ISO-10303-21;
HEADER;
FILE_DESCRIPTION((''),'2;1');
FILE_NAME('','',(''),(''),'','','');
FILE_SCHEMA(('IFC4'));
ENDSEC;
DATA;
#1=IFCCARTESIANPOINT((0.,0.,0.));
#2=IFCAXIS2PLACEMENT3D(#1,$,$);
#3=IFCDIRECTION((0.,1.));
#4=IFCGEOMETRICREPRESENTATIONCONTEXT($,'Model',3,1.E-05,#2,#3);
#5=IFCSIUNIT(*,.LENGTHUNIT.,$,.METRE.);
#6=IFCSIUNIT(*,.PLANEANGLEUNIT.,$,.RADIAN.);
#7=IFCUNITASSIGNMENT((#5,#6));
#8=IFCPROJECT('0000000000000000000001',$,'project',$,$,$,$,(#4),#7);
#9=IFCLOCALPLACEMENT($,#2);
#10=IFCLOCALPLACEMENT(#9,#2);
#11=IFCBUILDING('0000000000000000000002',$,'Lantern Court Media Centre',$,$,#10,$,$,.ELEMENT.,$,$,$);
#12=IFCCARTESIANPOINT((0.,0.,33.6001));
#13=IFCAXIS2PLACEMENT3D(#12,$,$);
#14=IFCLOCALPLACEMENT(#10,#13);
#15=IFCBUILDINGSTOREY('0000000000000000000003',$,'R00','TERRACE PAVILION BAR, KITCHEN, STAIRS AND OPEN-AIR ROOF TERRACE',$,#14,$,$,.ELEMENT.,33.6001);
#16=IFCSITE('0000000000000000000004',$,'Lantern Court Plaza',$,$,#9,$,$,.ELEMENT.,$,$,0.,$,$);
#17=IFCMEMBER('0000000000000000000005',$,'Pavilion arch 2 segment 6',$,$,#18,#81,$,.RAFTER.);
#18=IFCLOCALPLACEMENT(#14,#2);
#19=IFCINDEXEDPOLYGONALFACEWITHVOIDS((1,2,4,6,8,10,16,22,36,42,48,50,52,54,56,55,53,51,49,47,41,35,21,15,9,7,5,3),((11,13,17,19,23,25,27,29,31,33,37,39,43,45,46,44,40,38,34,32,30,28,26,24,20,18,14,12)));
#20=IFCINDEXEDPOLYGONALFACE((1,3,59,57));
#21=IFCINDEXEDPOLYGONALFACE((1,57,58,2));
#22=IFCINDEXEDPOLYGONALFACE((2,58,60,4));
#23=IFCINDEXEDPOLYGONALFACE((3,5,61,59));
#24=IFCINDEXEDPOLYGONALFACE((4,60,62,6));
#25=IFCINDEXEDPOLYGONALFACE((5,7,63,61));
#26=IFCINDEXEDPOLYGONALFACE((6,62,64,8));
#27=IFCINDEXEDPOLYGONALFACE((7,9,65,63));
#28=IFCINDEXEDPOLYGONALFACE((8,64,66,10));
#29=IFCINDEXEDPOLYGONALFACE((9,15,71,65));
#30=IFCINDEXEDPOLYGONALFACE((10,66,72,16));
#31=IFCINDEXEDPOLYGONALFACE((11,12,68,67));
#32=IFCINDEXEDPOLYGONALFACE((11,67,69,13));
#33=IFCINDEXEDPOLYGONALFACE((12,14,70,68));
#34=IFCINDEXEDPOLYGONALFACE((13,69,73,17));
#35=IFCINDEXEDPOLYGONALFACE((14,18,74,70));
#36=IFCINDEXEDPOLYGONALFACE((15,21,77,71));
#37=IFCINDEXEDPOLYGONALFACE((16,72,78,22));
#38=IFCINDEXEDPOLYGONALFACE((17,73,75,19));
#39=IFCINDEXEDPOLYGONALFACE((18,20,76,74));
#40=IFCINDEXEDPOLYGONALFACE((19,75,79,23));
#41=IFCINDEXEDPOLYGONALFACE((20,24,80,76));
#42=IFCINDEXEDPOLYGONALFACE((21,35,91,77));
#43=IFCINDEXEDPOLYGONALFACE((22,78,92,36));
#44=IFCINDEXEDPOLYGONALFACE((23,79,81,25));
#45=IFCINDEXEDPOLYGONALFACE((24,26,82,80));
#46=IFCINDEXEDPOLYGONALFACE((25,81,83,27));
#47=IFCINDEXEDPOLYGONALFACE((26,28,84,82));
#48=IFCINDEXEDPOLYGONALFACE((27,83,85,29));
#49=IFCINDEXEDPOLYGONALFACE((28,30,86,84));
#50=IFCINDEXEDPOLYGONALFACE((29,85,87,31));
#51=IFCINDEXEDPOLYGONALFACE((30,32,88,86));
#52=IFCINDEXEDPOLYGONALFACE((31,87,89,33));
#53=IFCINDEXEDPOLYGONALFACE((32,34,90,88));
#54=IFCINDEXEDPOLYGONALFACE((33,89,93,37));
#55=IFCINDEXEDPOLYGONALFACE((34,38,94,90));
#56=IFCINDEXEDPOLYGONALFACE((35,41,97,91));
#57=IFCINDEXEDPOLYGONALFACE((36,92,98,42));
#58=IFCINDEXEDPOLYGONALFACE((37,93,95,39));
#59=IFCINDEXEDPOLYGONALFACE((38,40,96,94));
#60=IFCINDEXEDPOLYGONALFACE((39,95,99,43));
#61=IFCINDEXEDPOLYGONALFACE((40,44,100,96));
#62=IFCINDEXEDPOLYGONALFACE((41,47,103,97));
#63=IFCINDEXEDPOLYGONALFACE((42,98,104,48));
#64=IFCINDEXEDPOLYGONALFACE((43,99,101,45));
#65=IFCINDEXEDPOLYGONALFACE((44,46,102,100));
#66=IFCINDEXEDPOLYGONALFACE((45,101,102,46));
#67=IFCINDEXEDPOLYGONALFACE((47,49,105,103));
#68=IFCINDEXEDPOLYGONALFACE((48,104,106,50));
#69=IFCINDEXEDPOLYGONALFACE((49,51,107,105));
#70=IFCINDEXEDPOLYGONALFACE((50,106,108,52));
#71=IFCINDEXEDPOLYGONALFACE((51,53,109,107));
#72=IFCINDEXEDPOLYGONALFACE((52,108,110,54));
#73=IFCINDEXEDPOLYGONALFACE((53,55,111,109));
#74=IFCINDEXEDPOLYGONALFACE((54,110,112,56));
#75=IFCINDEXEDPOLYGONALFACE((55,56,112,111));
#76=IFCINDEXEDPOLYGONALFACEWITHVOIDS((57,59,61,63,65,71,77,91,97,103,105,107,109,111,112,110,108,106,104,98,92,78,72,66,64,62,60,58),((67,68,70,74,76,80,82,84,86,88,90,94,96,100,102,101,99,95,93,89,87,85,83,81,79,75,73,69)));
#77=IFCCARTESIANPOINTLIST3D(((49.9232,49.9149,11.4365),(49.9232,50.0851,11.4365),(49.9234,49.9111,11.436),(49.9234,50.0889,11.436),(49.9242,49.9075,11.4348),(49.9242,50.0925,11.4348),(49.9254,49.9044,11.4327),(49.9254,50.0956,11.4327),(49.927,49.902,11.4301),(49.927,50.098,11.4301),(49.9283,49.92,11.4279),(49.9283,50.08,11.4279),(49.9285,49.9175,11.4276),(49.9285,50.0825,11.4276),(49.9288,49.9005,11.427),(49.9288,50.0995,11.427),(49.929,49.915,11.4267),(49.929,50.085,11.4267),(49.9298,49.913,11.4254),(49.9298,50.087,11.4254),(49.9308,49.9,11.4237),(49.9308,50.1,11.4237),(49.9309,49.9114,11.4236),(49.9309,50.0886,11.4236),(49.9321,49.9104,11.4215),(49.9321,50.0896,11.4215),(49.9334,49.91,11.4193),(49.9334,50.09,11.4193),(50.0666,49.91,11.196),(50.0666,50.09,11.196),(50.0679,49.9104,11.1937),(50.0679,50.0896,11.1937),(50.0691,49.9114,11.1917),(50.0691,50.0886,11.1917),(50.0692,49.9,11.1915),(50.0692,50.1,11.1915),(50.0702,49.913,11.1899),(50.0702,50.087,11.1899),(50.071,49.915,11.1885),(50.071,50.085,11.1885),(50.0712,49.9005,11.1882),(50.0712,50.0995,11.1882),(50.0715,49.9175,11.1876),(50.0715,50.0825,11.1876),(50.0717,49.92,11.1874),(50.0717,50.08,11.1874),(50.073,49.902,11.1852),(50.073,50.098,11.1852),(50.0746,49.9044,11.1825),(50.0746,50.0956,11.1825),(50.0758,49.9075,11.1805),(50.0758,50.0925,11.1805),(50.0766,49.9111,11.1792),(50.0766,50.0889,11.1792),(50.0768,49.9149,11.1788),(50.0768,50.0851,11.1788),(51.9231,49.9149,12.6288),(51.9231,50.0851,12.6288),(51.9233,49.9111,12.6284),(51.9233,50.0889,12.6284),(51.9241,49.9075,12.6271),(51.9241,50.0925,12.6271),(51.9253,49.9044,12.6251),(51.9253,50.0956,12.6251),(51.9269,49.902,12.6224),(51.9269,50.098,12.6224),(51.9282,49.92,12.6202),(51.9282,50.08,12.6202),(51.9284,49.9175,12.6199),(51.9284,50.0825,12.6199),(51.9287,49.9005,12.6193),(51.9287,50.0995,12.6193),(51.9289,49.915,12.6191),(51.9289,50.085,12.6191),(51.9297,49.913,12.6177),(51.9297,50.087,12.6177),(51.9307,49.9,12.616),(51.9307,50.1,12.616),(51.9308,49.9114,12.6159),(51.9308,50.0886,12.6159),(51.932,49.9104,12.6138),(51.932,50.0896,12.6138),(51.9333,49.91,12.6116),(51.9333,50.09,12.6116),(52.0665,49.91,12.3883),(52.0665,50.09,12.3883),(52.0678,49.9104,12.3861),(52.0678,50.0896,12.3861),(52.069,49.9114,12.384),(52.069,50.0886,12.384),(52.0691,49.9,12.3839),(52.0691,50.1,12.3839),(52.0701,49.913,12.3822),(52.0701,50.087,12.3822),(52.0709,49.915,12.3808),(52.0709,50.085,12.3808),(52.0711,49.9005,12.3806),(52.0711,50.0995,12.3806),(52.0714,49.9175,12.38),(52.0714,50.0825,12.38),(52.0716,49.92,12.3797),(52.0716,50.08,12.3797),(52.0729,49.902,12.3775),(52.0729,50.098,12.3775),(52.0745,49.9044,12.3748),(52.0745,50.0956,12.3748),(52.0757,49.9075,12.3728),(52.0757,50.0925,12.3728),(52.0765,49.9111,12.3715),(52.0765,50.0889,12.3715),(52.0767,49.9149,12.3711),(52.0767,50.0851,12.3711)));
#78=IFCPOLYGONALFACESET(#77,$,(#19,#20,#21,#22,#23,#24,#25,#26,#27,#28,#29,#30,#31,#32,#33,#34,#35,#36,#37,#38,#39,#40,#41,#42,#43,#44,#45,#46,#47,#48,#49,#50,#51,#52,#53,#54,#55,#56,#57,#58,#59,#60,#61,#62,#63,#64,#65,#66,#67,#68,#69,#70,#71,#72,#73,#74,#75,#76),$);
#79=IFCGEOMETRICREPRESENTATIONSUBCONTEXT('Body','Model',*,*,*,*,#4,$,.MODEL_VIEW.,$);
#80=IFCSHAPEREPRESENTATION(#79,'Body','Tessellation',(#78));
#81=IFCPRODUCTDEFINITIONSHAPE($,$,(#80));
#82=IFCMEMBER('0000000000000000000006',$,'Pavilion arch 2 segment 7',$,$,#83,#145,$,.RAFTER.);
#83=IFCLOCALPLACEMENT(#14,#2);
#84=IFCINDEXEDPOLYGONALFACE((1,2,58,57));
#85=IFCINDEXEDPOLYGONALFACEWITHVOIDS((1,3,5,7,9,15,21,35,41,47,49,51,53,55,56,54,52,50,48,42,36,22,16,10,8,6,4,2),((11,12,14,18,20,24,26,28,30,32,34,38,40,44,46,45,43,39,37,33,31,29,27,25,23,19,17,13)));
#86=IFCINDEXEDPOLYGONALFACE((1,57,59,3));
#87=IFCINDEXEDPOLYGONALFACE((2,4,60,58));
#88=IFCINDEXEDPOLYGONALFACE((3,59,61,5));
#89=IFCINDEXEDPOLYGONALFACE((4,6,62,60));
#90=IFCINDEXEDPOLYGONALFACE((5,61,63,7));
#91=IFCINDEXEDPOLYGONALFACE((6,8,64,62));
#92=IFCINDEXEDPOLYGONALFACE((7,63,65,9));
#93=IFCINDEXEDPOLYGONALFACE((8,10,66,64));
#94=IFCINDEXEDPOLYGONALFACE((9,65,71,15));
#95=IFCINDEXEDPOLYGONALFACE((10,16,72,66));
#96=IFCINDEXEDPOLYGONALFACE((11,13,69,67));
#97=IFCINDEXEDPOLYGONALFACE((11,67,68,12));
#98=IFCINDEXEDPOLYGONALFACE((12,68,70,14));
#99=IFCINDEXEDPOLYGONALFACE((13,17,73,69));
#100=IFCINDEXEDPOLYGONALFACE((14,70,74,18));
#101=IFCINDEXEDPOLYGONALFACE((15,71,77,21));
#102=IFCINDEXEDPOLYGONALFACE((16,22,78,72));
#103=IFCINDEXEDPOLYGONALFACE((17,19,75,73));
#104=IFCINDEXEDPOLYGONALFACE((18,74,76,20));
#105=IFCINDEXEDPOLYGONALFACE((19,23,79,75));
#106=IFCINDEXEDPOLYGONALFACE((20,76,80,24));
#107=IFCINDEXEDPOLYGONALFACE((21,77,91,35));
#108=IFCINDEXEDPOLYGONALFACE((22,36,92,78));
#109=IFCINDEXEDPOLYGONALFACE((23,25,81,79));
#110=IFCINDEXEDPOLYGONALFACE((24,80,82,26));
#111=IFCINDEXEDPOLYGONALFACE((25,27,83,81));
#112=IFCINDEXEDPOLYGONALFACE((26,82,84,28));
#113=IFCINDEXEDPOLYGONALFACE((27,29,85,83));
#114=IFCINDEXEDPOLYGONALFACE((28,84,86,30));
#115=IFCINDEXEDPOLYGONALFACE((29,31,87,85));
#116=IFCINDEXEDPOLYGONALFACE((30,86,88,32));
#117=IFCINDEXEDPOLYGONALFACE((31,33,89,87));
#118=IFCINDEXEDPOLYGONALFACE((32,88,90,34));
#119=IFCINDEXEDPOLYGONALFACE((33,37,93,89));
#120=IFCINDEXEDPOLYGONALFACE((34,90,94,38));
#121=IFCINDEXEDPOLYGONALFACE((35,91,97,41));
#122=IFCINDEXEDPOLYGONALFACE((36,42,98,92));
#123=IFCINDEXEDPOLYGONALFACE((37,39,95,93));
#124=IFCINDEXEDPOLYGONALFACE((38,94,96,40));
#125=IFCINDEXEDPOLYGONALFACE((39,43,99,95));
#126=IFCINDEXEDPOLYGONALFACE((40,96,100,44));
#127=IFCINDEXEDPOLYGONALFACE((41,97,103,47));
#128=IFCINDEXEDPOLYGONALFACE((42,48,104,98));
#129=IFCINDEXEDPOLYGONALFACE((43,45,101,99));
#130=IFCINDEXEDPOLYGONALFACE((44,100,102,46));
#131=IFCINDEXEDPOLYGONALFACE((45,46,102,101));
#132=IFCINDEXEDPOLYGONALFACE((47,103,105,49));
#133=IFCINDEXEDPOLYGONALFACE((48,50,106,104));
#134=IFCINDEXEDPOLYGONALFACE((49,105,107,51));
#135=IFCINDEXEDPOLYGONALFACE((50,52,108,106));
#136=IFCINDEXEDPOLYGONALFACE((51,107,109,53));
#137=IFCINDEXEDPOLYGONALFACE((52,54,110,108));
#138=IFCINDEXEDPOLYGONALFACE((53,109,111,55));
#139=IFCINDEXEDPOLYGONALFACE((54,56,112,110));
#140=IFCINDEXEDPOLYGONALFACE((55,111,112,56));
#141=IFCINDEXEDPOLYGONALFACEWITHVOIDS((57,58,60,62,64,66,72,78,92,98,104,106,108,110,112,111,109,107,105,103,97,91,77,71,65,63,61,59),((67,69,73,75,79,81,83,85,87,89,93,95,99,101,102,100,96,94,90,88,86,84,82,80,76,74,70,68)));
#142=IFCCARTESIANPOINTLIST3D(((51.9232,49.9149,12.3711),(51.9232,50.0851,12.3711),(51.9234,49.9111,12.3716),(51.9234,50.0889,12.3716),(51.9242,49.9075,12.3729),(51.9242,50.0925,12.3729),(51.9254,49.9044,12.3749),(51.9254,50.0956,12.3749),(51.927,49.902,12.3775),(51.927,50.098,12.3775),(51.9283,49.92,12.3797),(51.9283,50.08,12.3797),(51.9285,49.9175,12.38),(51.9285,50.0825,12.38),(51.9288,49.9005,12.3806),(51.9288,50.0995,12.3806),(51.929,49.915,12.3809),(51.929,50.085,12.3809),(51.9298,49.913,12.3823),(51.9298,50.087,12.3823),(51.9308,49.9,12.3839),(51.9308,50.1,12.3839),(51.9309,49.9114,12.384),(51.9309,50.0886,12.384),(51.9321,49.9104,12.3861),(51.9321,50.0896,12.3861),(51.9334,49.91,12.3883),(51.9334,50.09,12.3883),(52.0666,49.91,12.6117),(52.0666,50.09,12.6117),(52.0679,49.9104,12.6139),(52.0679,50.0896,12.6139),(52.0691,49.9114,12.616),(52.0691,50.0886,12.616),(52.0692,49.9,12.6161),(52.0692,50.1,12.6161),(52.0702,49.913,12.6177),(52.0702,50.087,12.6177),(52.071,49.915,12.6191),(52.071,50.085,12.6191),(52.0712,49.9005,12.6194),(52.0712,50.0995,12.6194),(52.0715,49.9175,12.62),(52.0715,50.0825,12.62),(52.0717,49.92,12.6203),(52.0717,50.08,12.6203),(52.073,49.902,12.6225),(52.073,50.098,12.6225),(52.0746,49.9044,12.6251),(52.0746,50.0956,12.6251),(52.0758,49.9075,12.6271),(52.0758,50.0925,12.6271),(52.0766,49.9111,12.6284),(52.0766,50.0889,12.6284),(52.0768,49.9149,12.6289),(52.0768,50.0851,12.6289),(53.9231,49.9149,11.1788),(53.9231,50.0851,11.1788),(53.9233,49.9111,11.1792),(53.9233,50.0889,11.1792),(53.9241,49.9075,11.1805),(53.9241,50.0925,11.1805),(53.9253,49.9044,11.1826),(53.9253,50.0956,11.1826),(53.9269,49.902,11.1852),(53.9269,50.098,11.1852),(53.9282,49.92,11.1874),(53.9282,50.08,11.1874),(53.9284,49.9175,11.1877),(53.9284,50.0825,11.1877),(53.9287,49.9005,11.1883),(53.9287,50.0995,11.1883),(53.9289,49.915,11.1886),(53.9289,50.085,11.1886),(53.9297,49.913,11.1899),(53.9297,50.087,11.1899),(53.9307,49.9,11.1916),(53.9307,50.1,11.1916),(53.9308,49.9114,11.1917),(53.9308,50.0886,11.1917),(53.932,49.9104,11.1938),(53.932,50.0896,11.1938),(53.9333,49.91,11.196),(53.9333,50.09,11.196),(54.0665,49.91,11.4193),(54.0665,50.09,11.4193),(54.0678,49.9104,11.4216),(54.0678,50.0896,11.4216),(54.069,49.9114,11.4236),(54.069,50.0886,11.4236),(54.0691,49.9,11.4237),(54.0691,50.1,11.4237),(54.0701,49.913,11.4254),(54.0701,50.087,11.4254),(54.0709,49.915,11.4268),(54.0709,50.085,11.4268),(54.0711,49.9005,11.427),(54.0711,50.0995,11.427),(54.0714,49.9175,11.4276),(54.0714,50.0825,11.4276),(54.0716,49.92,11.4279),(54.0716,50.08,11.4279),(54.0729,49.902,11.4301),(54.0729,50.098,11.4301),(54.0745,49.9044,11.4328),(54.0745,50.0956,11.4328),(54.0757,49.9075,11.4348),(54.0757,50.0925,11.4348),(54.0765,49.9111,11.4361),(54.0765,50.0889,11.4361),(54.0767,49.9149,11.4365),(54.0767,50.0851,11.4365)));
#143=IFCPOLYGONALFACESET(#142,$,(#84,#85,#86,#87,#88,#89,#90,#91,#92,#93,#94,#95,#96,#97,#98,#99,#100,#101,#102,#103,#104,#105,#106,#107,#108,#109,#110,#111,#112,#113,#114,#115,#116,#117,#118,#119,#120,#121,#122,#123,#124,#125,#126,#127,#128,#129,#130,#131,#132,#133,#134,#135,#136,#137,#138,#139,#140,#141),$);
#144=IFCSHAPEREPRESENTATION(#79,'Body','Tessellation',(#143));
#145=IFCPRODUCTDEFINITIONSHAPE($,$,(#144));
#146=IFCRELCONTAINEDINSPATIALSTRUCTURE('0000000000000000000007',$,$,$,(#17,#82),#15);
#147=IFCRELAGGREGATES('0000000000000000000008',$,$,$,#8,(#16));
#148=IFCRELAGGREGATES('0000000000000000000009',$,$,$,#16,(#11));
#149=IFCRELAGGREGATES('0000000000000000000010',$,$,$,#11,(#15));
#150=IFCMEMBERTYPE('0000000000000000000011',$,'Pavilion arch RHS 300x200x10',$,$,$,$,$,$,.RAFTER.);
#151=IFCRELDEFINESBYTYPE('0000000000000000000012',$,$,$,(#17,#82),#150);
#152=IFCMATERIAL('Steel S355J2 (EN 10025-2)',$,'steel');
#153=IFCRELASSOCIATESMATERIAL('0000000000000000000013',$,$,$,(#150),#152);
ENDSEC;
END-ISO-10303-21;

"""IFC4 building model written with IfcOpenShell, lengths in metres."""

from ifc_helpers import new_model, si_unit, direction, frame, origin, origin_2d, place, context, subcontext, project, spatial, hollow_rectangle, extrude, material, material_profile, profile_set, type_object, element, save


model = new_model("IFC4")

# Units and contexts
model_context = context("Model", 3, precision=1e-05, world=origin(), true_north=direction((0.0, 1.0)))
body_context = subcontext(model_context, "Body", "Model", "MODEL_VIEW")
ifc_project = project(units=[si_unit("LENGTHUNIT", "METRE"), si_unit("PLANEANGLEUNIT", "RADIAN")], contexts=[model_context])

# Site, building, storey
site_placement = place(None, origin())
site = spatial("IfcSite", under=ifc_project, at=site_placement, Name="Lantern Court Plaza", CompositionType="ELEMENT", RefElevation=0.0)
building_placement = place(site_placement, origin())
building = spatial("IfcBuilding", under=site, at=building_placement, Name="Lantern Court Media Centre", CompositionType="ELEMENT")
storey_placement = place(building_placement, frame((0.0, 0.0, 33.6001)))
storey = spatial("IfcBuildingStorey", under=building, at=storey_placement, Name="R00", Description="TERRACE PAVILION BAR, KITCHEN, STAIRS AND OPEN-AIR ROOF TERRACE", CompositionType="ELEMENT", Elevation=33.6001)

# Members
ifc_material_1 = material(Name="Steel S355J2 (EN 10025-2)", Category="steel")
ifc_material_profile_1 = material_profile(ifc_material_1, hollow_rectangle(XDim=0.2, YDim=0.3, WallThickness=0.01, InnerFilletRadius=0.01, OuterFilletRadius=0.0149, at=origin_2d()), Name="Pavilion arch RHS 300x200x10")
ifc_profile_set_1 = profile_set([ifc_material_profile_1], Name="Steel S355J2 (EN 10025-2)")
member_type_1 = type_object("IfcMemberType", Name="Pavilion arch RHS 300x200x10", PredefinedType="RAFTER", material=ifc_profile_set_1)
for number, where, z_axis, x_axis, name in (
    (1, (50.0, 50.0, 11.3076), (0.858933, 0.0, 0.512088), (0.0, 1.0, 0.0), "Pavilion arch 2 segment 6"),
    (2, (52.0, 50.0, 12.5), (0.858933, 0.0, -0.512088), (0.0, 1.0, 0.0), "Pavilion arch 2 segment 7"),
):
    element("IfcMember", number, at=place(storey_placement, frame(where, z_axis=z_axis, x_axis=x_axis)), inside=storey, type_object=member_type_1, Name=name, PredefinedType="RAFTER", context=body_context, shape_type="SweptSolid", body=[
        extrude(hollow_rectangle(XDim=0.2, YDim=0.3, WallThickness=0.01, InnerFilletRadius=0.01, OuterFilletRadius=0.0149, at=origin_2d()), origin(), (0.0, 0.0, 1.0), 2.3284),
    ])

save(model, "model.ifc")
